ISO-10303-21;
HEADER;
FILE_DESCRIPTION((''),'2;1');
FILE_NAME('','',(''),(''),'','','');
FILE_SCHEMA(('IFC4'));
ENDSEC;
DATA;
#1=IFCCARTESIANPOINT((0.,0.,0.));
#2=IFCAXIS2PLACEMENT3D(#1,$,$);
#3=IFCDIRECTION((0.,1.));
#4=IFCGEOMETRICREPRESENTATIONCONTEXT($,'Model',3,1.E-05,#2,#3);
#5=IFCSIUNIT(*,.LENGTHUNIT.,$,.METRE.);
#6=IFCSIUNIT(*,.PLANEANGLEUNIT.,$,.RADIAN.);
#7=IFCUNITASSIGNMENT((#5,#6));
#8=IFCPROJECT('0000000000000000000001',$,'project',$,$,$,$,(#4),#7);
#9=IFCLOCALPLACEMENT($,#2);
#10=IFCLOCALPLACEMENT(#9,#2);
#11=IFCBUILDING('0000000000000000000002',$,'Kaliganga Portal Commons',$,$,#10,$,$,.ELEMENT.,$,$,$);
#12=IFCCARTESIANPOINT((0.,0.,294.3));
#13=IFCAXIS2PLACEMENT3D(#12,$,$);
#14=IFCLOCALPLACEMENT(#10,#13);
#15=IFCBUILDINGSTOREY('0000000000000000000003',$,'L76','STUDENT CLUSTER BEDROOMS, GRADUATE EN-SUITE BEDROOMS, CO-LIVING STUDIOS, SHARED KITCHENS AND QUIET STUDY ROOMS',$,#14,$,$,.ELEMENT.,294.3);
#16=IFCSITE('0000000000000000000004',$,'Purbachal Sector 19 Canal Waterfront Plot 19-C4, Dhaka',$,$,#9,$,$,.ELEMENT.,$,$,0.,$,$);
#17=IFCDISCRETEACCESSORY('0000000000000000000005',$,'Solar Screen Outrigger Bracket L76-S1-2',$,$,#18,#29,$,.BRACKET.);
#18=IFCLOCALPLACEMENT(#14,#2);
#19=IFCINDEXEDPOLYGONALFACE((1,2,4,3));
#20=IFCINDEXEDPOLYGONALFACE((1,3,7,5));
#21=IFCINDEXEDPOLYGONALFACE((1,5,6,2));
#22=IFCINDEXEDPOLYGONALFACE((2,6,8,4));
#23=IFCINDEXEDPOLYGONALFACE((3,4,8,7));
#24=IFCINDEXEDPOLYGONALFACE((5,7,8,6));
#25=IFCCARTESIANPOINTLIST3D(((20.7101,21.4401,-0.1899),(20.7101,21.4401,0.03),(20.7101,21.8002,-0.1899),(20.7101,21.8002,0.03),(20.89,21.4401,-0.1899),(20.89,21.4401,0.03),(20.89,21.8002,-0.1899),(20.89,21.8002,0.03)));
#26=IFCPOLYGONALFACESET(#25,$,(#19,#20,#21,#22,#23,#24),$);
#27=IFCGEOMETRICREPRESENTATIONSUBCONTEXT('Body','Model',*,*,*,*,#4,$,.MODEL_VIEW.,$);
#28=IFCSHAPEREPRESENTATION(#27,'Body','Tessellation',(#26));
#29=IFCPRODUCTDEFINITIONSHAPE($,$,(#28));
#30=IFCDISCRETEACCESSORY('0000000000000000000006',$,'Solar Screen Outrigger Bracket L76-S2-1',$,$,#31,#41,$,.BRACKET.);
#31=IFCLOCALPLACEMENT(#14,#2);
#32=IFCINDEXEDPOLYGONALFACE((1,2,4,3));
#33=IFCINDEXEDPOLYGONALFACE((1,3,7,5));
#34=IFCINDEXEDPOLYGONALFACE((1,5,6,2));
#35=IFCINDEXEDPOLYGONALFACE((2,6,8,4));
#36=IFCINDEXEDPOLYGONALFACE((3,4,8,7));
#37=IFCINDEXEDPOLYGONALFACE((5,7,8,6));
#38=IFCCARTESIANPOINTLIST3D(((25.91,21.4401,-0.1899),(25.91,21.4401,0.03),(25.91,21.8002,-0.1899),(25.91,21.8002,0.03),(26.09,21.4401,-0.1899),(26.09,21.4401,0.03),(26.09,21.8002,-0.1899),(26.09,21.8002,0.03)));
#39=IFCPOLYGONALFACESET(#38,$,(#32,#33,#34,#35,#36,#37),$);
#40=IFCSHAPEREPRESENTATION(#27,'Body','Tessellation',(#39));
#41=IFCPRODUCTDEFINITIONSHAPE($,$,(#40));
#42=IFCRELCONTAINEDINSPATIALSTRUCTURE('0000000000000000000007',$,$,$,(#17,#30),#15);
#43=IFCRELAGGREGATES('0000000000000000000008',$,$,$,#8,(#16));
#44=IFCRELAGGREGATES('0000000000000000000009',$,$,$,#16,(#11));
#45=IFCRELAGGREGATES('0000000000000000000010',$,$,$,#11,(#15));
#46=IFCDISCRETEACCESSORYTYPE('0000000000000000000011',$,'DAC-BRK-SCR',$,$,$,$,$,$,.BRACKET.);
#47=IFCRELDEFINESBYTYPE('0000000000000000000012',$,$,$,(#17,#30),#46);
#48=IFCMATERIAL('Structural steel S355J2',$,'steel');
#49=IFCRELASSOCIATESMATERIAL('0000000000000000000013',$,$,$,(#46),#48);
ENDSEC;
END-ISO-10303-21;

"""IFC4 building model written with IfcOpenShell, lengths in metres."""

from ifc_helpers import new_model, si_unit, direction, frame, origin, origin_2d, place, context, subcontext, project, spatial, rectangle, extrude, source, transform, mapped, material, type_object, element, save


model = new_model("IFC4")

# Units and contexts
model_context = context("Model", 3, precision=1e-05, world=origin(), true_north=direction((0.0, 1.0)))
body_context = subcontext(model_context, "Body", "Model", "MODEL_VIEW")
ifc_project = project(units=[si_unit("LENGTHUNIT", "METRE"), si_unit("PLANEANGLEUNIT", "RADIAN")], contexts=[model_context])

# Site, building, storey
site_placement = place(None, origin())
site = spatial("IfcSite", under=ifc_project, at=site_placement, Name="Purbachal Sector 19 Canal Waterfront Plot 19-C4, Dhaka", CompositionType="ELEMENT", RefElevation=0.0)
building_placement = place(site_placement, origin())
building = spatial("IfcBuilding", under=site, at=building_placement, Name="Kaliganga Portal Commons", CompositionType="ELEMENT")
storey_placement = place(building_placement, frame((0.0, 0.0, 294.3)))
storey = spatial("IfcBuildingStorey", under=building, at=storey_placement, Name="L76", Description="STUDENT CLUSTER BEDROOMS, GRADUATE EN-SUITE BEDROOMS, CO-LIVING STUDIOS, SHARED KITCHENS AND QUIET STUDY ROOMS", CompositionType="ELEMENT", Elevation=294.3)

# Shared definitions
ifc_material_1 = material(Name="Structural steel S355J2", Category="steel")

# Discrete accessories
discrete_accessory_type = type_object("IfcDiscreteAccessoryType", Name="DAC-BRK-SCR", PredefinedType="BRACKET", material=ifc_material_1)
shared_shape_1 = source(origin(), body_context, "Body", "SweptSolid", [
    extrude(rectangle(XDim=0.1799, YDim=0.3601, at=origin_2d()), origin(), (0.0, 0.0, 1.0), 0.22),
])
for number, where, z_axis, x_axis, name in (
    (1, (20.8, 21.6201, -0.1899), (0.0, 0.0, 1.0), (1.0, 0.0, 0.0), "Solar Screen Outrigger Bracket L76-S1-2"),
    (2, (26.0, 21.6201, -0.1899), (0.0, 0.0, 1.0), (1.0, 0.0, 0.0), "Solar Screen Outrigger Bracket L76-S2-1"),
):
    element("IfcDiscreteAccessory", number, at=place(storey_placement, frame(where, z_axis=z_axis, x_axis=x_axis)), inside=storey, type_object=discrete_accessory_type, Name=name, PredefinedType="BRACKET", context=body_context, shape_type="MappedRepresentation", body=[
        mapped(shared_shape_1, transform((0.0, 0.0, 0.0), x_axis=(1.0, 0.0, 0.0), y_axis=(0.0, 1.0, 0.0), z_axis=(0.0, 0.0, 1.0), scale=1.0)),
    ])

save(model, "model.ifc")
